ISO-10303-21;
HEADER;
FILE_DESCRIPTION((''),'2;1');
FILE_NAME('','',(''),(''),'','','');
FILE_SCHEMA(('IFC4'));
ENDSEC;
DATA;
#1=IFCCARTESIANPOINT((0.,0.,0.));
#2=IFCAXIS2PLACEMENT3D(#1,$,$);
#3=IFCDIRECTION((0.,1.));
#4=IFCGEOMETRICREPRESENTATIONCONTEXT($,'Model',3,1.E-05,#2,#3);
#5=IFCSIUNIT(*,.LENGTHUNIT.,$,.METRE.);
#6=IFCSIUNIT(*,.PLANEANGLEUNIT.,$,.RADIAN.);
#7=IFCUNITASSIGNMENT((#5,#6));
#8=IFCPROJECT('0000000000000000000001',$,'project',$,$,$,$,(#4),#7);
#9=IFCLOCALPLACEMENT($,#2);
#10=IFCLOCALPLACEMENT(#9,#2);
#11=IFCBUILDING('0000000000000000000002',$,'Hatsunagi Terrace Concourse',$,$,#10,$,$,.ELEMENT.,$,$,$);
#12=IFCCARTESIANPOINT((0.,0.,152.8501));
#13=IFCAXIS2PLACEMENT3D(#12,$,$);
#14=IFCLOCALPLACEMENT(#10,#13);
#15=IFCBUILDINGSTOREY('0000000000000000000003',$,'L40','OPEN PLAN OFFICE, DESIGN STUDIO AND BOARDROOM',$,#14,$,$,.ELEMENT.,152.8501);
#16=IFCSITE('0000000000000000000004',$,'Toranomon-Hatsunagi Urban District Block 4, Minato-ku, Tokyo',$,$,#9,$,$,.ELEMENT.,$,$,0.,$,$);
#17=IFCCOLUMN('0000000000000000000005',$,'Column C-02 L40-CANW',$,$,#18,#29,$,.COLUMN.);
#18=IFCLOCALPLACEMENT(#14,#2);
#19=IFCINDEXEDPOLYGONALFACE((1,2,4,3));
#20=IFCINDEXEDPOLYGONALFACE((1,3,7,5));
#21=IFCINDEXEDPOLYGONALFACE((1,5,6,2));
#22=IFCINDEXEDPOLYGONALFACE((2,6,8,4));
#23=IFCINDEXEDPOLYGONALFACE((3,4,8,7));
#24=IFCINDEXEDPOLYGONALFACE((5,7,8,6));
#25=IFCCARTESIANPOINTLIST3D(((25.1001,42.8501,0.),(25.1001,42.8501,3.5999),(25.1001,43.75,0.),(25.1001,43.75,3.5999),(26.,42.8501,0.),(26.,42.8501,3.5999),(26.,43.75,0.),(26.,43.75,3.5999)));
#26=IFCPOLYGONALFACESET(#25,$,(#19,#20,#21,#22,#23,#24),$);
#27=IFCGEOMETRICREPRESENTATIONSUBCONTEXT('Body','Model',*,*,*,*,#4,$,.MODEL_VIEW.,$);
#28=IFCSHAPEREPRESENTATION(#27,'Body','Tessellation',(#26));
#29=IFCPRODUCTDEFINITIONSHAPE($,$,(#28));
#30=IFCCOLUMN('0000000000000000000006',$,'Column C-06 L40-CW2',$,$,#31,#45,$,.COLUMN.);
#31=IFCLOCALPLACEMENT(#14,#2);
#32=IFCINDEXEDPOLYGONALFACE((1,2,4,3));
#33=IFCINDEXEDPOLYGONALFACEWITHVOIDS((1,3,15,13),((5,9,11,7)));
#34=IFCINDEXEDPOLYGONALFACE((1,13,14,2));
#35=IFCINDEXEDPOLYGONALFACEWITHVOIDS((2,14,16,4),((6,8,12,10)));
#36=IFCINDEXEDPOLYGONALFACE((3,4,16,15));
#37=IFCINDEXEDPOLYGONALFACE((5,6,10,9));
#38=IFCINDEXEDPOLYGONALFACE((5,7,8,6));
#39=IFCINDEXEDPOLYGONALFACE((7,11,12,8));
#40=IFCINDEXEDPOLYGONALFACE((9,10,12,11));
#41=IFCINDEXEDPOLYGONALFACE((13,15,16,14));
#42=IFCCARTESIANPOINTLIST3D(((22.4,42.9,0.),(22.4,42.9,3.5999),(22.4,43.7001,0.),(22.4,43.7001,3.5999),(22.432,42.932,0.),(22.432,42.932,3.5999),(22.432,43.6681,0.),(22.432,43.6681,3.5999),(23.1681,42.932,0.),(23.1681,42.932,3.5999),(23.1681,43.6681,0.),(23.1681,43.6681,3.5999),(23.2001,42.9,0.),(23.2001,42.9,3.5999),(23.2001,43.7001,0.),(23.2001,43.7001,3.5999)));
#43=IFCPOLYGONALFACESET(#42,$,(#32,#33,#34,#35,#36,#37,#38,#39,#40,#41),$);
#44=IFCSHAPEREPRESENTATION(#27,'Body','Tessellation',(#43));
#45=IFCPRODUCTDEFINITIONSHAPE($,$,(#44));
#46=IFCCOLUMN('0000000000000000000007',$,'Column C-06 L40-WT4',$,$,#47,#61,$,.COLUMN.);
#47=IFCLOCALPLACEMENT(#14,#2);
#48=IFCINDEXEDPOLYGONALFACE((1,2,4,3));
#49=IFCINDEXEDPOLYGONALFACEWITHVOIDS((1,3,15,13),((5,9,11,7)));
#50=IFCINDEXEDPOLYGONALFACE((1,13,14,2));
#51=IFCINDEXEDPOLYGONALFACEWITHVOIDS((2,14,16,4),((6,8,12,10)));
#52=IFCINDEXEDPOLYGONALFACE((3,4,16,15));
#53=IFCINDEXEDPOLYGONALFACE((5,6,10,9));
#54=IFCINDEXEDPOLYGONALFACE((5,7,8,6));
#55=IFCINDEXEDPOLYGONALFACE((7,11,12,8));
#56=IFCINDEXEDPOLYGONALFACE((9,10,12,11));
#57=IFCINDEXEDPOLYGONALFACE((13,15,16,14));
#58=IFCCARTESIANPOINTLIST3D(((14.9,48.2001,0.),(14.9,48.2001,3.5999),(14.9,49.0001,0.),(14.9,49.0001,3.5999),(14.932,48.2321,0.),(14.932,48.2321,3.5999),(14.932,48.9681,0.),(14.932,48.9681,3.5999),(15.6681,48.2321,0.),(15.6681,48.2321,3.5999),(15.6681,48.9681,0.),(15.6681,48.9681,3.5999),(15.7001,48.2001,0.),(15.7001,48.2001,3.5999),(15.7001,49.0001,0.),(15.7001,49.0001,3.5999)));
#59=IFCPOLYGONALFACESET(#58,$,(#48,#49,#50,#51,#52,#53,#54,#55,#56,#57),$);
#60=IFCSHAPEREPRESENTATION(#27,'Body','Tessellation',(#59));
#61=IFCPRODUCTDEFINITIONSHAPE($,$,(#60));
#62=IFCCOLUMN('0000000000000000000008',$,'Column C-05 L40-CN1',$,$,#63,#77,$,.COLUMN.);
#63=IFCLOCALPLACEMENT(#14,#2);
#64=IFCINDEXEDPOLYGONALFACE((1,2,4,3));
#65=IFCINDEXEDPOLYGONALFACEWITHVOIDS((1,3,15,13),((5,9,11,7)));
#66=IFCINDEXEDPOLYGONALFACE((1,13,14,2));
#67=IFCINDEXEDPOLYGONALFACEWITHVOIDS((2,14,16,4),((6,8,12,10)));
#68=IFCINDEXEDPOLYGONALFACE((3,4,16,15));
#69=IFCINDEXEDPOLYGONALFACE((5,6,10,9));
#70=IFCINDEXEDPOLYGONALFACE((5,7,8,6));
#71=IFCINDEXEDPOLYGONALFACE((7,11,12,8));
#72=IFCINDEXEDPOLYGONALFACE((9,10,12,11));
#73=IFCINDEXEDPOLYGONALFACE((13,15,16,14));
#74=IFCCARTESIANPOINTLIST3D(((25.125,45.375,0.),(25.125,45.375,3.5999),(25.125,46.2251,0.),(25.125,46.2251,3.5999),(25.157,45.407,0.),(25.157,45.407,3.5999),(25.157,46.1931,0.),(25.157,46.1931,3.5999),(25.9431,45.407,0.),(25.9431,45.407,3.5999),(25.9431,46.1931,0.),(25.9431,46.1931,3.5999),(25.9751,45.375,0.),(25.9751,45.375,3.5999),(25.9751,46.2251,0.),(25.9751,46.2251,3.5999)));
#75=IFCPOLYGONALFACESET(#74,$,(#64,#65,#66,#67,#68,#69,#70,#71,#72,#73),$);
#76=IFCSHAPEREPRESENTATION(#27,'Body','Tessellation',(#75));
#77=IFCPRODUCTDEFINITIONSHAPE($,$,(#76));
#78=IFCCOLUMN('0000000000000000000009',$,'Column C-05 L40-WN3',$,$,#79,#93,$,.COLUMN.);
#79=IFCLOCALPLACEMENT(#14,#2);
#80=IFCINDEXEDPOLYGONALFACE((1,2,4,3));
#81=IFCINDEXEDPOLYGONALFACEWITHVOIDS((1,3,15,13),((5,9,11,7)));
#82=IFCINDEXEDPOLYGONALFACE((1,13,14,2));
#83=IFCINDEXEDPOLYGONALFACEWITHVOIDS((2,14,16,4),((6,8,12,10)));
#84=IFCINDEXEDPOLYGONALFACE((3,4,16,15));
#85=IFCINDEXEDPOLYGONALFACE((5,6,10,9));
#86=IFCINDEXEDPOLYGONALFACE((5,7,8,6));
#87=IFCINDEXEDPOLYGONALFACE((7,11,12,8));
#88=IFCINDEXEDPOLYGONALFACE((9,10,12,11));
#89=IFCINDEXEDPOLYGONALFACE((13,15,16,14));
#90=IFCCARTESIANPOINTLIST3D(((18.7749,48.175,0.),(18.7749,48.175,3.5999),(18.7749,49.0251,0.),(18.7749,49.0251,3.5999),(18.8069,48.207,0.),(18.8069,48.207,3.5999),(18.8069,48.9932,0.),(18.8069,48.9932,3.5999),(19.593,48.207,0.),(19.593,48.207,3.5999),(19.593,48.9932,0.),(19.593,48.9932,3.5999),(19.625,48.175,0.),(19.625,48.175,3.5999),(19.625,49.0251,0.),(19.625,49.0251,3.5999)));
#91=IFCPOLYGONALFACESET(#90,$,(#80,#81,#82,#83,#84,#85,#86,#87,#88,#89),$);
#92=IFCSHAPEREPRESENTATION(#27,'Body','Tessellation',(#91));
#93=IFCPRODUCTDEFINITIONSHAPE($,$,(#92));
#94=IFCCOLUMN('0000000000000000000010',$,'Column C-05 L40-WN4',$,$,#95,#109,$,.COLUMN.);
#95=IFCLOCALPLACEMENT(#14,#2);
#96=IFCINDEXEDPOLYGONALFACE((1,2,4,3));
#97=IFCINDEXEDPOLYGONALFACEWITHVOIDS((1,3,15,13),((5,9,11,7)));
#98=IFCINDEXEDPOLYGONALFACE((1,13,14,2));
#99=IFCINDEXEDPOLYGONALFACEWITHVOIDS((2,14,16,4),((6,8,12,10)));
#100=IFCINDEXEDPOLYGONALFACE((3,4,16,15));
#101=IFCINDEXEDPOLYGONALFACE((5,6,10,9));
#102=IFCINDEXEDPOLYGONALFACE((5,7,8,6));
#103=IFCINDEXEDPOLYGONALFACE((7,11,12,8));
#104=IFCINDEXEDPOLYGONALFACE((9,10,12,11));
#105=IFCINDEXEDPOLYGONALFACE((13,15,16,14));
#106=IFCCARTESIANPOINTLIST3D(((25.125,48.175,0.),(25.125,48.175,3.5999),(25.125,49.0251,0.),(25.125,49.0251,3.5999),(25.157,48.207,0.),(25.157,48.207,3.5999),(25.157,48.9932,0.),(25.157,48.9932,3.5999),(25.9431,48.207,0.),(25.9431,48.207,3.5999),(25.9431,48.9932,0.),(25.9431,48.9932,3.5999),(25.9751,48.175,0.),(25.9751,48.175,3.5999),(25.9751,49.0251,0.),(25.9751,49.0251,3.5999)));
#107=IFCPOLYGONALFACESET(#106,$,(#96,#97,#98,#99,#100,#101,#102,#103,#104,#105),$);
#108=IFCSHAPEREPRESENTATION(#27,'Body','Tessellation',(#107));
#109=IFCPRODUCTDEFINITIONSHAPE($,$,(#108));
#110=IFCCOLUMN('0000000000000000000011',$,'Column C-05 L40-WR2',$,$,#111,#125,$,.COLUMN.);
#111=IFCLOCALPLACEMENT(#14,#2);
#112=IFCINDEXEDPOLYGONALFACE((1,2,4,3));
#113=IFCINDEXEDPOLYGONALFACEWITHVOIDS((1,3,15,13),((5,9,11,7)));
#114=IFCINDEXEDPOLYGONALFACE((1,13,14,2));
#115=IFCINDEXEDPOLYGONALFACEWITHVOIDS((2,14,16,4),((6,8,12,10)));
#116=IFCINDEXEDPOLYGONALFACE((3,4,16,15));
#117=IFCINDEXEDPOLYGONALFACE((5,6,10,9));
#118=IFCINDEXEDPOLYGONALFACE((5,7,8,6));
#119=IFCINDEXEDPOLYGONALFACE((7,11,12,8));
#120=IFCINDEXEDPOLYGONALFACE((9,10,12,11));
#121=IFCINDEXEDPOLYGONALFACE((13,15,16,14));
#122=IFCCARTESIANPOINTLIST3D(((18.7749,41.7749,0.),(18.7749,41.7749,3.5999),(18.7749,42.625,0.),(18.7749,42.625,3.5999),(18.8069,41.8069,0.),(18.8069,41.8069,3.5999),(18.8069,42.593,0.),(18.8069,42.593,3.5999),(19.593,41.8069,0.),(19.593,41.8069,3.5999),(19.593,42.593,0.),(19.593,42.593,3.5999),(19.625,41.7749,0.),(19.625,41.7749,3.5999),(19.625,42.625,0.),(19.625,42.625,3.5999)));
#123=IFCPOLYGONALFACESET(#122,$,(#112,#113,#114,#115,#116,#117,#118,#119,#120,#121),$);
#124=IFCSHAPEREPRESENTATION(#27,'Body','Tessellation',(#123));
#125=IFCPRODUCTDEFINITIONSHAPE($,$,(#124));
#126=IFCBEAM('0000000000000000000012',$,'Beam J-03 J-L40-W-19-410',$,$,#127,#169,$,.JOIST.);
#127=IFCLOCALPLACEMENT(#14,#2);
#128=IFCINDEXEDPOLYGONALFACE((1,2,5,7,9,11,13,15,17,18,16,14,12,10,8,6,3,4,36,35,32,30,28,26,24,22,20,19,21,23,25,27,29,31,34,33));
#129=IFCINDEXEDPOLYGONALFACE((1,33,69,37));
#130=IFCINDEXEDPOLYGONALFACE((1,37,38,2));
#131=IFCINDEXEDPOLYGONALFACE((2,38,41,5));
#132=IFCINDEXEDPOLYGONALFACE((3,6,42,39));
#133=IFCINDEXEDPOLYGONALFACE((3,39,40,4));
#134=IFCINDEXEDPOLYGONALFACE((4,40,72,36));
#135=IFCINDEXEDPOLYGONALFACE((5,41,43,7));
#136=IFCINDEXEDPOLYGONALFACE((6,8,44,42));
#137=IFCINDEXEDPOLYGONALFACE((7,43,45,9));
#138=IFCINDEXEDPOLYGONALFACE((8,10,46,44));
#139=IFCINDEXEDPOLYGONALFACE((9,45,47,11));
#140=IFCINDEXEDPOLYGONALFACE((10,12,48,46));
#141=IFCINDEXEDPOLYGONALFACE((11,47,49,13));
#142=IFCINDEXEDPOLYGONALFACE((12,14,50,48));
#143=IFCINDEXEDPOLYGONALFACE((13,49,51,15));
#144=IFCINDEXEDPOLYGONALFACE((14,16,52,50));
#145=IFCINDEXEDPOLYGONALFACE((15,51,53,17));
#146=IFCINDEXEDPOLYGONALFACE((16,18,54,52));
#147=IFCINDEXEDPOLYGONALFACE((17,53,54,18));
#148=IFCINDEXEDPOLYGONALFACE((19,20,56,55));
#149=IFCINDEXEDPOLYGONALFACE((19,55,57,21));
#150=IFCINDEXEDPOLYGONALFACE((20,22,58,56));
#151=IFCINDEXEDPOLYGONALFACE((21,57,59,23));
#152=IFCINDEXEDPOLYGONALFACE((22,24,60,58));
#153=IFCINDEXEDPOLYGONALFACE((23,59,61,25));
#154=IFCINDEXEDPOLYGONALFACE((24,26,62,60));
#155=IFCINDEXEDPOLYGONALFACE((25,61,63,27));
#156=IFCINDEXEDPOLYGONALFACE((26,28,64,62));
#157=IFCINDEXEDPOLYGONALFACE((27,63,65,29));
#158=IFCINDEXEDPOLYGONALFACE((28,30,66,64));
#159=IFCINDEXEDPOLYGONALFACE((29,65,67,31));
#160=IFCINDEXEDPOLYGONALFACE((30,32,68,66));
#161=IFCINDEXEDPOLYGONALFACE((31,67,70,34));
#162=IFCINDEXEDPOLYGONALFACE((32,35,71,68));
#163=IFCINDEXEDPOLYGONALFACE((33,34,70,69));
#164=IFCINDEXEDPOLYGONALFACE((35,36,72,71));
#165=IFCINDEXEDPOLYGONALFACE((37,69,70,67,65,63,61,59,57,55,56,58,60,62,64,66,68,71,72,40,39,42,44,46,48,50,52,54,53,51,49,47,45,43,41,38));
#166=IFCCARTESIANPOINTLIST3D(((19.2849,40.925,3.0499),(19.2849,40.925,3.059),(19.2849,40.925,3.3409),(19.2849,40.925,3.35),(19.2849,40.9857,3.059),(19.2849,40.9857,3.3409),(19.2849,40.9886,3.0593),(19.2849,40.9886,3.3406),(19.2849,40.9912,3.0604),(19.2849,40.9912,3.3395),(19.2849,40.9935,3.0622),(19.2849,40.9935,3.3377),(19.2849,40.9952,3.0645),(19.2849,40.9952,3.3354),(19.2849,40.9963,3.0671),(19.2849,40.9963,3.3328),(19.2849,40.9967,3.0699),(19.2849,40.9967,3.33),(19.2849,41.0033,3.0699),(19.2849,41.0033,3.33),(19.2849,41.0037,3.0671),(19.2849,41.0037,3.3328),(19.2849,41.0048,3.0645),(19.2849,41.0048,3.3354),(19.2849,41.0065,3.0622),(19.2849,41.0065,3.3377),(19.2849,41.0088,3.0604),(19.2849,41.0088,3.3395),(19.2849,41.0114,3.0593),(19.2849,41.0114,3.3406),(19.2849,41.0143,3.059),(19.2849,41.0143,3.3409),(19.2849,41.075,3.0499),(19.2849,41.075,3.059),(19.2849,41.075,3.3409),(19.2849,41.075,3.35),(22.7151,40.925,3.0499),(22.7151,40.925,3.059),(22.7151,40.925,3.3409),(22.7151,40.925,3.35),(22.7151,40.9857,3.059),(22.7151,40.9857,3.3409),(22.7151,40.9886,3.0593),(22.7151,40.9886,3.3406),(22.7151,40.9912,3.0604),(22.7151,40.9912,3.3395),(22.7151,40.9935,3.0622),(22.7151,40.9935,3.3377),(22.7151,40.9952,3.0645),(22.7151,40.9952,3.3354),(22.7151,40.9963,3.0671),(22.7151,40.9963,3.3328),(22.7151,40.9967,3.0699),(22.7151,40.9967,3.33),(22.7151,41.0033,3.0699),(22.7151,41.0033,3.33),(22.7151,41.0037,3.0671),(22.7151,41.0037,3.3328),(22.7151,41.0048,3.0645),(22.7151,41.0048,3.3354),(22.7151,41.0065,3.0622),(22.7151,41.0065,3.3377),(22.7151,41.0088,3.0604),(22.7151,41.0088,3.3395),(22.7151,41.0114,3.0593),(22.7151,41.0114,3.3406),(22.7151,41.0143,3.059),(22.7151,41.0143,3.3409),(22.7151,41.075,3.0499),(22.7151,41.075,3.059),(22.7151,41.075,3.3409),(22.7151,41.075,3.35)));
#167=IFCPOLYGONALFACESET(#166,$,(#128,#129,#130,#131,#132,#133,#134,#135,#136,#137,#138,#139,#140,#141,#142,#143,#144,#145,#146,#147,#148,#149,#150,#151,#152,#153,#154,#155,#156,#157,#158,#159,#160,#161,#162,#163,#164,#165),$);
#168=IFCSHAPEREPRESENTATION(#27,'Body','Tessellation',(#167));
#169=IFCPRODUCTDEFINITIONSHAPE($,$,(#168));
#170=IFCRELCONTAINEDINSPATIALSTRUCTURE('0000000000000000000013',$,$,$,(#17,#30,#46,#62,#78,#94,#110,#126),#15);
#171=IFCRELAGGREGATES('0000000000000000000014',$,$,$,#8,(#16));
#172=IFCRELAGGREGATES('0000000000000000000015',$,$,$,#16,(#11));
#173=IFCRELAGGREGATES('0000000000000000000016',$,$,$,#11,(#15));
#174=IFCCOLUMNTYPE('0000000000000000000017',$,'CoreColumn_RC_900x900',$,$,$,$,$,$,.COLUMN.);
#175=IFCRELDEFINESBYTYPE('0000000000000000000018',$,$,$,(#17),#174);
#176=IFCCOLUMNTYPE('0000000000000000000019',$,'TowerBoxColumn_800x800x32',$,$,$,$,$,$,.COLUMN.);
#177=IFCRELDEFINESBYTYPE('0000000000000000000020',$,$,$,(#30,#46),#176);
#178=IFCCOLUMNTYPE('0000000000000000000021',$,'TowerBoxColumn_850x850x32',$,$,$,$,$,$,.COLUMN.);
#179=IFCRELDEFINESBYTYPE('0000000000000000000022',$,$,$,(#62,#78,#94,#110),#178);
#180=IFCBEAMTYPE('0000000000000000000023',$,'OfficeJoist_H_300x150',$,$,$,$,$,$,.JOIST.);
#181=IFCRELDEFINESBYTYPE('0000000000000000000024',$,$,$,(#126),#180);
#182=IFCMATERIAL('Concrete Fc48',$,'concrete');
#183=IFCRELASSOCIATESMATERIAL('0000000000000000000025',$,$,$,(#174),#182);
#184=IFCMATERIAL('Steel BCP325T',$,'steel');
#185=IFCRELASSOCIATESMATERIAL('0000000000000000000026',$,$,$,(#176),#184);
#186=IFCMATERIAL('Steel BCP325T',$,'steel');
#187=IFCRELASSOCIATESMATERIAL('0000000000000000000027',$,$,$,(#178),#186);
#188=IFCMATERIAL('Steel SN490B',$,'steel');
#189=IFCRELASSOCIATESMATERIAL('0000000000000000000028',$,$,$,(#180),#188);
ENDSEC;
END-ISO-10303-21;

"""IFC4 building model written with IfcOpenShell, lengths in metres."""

from ifc_helpers import new_model, si_unit, direction, frame, origin, origin_2d, place, context, subcontext, project, spatial, rectangle, hollow_rectangle, i_section, extrude, material, material_profile, profile_set, type_object, element, save


model = new_model("IFC4")

# Units and contexts
model_context = context("Model", 3, precision=1e-05, world=origin(), true_north=direction((0.0, 1.0)))
body_context = subcontext(model_context, "Body", "Model", "MODEL_VIEW")
ifc_project = project(units=[si_unit("LENGTHUNIT", "METRE"), si_unit("PLANEANGLEUNIT", "RADIAN")], contexts=[model_context])

# Site, building, storey
site_placement = place(None, origin())
site = spatial("IfcSite", under=ifc_project, at=site_placement, Name="Toranomon-Hatsunagi Urban District Block 4, Minato-ku, Tokyo", CompositionType="ELEMENT", RefElevation=0.0)
building_placement = place(site_placement, origin())
building = spatial("IfcBuilding", under=site, at=building_placement, Name="Hatsunagi Terrace Concourse", CompositionType="ELEMENT")
storey_placement = place(building_placement, frame((0.0, 0.0, 152.8501)))
storey = spatial("IfcBuildingStorey", under=building, at=storey_placement, Name="L40", Description="OPEN PLAN OFFICE, DESIGN STUDIO AND BOARDROOM", CompositionType="ELEMENT", Elevation=152.8501)

# Columns
ifc_material_1 = material(Name="Concrete Fc48", Category="concrete")
ifc_material_profile_1 = material_profile(ifc_material_1, rectangle(XDim=0.8999, YDim=0.8999, at=origin_2d()), Name="RC-900x900")
ifc_profile_set_1 = profile_set([ifc_material_profile_1], Name="Concrete Fc48")
column_type_1 = type_object("IfcColumnType", Name="CoreColumn_RC_900x900", PredefinedType="COLUMN", material=ifc_profile_set_1)
column_placement = place(storey_placement, frame((25.55, 43.3, 0.0), z_axis=(0.0, 0.0, 1.0), x_axis=(1.0, 0.0, 0.0)))
element("IfcColumn", 1, at=column_placement, inside=storey, type_object=column_type_1, Name="Column C-02 L40-CANW", PredefinedType="COLUMN", context=body_context, shape_type="SweptSolid", body=[
    extrude(rectangle(XDim=0.8999, YDim=0.8999, at=origin_2d()), origin(), (0.0, 0.0, 1.0), 3.5999),
])
ifc_material_2 = material(Name="Steel BCP325T", Category="steel")
ifc_material_profile_2 = material_profile(ifc_material_2, hollow_rectangle(XDim=0.8, YDim=0.8, WallThickness=0.032, at=origin_2d()), Name="BCP-800x800x32")
ifc_profile_set_2 = profile_set([ifc_material_profile_2], Name="Steel BCP325T")
column_type_2 = type_object("IfcColumnType", Name="TowerBoxColumn_800x800x32", PredefinedType="COLUMN", material=ifc_profile_set_2)
for number, where, z_axis, x_axis, name in (
    (2, (22.8, 43.3, 0.0), (0.0, 0.0, 1.0), (1.0, 0.0, 0.0), "Column C-06 L40-CW2"),
    (3, (15.3, 48.6001, 0.0), (0.0, 0.0, 1.0), (1.0, 0.0, 0.0), "Column C-06 L40-WT4"),
):
    element("IfcColumn", number, at=place(storey_placement, frame(where, z_axis=z_axis, x_axis=x_axis)), inside=storey, type_object=column_type_2, Name=name, PredefinedType="COLUMN", context=body_context, shape_type="SweptSolid", body=[
        extrude(hollow_rectangle(XDim=0.8, YDim=0.8, WallThickness=0.032, at=origin_2d()), origin(), (0.0, 0.0, 1.0), 3.5999),
    ])
ifc_material_3 = material(Name="Steel BCP325T", Category="steel")
ifc_material_profile_3 = material_profile(ifc_material_3, hollow_rectangle(XDim=0.8501, YDim=0.8501, WallThickness=0.032, at=origin_2d()), Name="BCP-850x850x32")
ifc_profile_set_3 = profile_set([ifc_material_profile_3], Name="Steel BCP325T")
column_type_3 = type_object("IfcColumnType", Name="TowerBoxColumn_850x850x32", PredefinedType="COLUMN", material=ifc_profile_set_3)
for number, where, z_axis, x_axis, name in (
    (4, (25.55, 45.8, 0.0), (0.0, 0.0, 1.0), (1.0, 0.0, 0.0), "Column C-05 L40-CN1"),
    (5, (19.2, 48.6001, 0.0), (0.0, 0.0, 1.0), (1.0, 0.0, 0.0), "Column C-05 L40-WN3"),
    (6, (25.55, 48.6001, 0.0), (0.0, 0.0, 1.0), (1.0, 0.0, 0.0), "Column C-05 L40-WN4"),
    (7, (19.2, 42.2, 0.0), (0.0, 0.0, 1.0), (1.0, 0.0, 0.0), "Column C-05 L40-WR2"),
):
    element("IfcColumn", number, at=place(storey_placement, frame(where, z_axis=z_axis, x_axis=x_axis)), inside=storey, type_object=column_type_3, Name=name, PredefinedType="COLUMN", context=body_context, shape_type="SweptSolid", body=[
        extrude(hollow_rectangle(XDim=0.8501, YDim=0.8501, WallThickness=0.032, at=origin_2d()), origin(), (0.0, 0.0, 1.0), 3.5999),
    ])

# Beam
ifc_material_4 = material(Name="Steel SN490B", Category="steel")
ifc_material_profile_4 = material_profile(ifc_material_4, i_section(OverallWidth=0.1499, OverallDepth=0.3, WebThickness=0.0066, FlangeThickness=0.009, FilletRadius=0.011, at=origin_2d()), Name="H-300x150x6.5x9")
ifc_profile_set_4 = profile_set([ifc_material_profile_4], Name="Steel SN490B")
beam_type_1 = type_object("IfcBeamType", Name="OfficeJoist_H_300x150", PredefinedType="JOIST", material=ifc_profile_set_4)
beam_1_placement = place(storey_placement, frame((19.2849, 41.0, 3.2), z_axis=(1.0, 0.0, 0.0), x_axis=(0.0, 1.0, 0.0)))
element("IfcBeam", 8, at=beam_1_placement, inside=storey, type_object=beam_type_1, Name="Beam J-03 J-L40-W-19-410", PredefinedType="JOIST", context=body_context, shape_type="SweptSolid", body=[
    extrude(i_section(OverallWidth=0.1499, OverallDepth=0.3, WebThickness=0.0066, FlangeThickness=0.009, FilletRadius=0.011, at=origin_2d()), origin(), (0.0, 0.0, 1.0), 3.4302),
])

save(model, "model.ifc")
